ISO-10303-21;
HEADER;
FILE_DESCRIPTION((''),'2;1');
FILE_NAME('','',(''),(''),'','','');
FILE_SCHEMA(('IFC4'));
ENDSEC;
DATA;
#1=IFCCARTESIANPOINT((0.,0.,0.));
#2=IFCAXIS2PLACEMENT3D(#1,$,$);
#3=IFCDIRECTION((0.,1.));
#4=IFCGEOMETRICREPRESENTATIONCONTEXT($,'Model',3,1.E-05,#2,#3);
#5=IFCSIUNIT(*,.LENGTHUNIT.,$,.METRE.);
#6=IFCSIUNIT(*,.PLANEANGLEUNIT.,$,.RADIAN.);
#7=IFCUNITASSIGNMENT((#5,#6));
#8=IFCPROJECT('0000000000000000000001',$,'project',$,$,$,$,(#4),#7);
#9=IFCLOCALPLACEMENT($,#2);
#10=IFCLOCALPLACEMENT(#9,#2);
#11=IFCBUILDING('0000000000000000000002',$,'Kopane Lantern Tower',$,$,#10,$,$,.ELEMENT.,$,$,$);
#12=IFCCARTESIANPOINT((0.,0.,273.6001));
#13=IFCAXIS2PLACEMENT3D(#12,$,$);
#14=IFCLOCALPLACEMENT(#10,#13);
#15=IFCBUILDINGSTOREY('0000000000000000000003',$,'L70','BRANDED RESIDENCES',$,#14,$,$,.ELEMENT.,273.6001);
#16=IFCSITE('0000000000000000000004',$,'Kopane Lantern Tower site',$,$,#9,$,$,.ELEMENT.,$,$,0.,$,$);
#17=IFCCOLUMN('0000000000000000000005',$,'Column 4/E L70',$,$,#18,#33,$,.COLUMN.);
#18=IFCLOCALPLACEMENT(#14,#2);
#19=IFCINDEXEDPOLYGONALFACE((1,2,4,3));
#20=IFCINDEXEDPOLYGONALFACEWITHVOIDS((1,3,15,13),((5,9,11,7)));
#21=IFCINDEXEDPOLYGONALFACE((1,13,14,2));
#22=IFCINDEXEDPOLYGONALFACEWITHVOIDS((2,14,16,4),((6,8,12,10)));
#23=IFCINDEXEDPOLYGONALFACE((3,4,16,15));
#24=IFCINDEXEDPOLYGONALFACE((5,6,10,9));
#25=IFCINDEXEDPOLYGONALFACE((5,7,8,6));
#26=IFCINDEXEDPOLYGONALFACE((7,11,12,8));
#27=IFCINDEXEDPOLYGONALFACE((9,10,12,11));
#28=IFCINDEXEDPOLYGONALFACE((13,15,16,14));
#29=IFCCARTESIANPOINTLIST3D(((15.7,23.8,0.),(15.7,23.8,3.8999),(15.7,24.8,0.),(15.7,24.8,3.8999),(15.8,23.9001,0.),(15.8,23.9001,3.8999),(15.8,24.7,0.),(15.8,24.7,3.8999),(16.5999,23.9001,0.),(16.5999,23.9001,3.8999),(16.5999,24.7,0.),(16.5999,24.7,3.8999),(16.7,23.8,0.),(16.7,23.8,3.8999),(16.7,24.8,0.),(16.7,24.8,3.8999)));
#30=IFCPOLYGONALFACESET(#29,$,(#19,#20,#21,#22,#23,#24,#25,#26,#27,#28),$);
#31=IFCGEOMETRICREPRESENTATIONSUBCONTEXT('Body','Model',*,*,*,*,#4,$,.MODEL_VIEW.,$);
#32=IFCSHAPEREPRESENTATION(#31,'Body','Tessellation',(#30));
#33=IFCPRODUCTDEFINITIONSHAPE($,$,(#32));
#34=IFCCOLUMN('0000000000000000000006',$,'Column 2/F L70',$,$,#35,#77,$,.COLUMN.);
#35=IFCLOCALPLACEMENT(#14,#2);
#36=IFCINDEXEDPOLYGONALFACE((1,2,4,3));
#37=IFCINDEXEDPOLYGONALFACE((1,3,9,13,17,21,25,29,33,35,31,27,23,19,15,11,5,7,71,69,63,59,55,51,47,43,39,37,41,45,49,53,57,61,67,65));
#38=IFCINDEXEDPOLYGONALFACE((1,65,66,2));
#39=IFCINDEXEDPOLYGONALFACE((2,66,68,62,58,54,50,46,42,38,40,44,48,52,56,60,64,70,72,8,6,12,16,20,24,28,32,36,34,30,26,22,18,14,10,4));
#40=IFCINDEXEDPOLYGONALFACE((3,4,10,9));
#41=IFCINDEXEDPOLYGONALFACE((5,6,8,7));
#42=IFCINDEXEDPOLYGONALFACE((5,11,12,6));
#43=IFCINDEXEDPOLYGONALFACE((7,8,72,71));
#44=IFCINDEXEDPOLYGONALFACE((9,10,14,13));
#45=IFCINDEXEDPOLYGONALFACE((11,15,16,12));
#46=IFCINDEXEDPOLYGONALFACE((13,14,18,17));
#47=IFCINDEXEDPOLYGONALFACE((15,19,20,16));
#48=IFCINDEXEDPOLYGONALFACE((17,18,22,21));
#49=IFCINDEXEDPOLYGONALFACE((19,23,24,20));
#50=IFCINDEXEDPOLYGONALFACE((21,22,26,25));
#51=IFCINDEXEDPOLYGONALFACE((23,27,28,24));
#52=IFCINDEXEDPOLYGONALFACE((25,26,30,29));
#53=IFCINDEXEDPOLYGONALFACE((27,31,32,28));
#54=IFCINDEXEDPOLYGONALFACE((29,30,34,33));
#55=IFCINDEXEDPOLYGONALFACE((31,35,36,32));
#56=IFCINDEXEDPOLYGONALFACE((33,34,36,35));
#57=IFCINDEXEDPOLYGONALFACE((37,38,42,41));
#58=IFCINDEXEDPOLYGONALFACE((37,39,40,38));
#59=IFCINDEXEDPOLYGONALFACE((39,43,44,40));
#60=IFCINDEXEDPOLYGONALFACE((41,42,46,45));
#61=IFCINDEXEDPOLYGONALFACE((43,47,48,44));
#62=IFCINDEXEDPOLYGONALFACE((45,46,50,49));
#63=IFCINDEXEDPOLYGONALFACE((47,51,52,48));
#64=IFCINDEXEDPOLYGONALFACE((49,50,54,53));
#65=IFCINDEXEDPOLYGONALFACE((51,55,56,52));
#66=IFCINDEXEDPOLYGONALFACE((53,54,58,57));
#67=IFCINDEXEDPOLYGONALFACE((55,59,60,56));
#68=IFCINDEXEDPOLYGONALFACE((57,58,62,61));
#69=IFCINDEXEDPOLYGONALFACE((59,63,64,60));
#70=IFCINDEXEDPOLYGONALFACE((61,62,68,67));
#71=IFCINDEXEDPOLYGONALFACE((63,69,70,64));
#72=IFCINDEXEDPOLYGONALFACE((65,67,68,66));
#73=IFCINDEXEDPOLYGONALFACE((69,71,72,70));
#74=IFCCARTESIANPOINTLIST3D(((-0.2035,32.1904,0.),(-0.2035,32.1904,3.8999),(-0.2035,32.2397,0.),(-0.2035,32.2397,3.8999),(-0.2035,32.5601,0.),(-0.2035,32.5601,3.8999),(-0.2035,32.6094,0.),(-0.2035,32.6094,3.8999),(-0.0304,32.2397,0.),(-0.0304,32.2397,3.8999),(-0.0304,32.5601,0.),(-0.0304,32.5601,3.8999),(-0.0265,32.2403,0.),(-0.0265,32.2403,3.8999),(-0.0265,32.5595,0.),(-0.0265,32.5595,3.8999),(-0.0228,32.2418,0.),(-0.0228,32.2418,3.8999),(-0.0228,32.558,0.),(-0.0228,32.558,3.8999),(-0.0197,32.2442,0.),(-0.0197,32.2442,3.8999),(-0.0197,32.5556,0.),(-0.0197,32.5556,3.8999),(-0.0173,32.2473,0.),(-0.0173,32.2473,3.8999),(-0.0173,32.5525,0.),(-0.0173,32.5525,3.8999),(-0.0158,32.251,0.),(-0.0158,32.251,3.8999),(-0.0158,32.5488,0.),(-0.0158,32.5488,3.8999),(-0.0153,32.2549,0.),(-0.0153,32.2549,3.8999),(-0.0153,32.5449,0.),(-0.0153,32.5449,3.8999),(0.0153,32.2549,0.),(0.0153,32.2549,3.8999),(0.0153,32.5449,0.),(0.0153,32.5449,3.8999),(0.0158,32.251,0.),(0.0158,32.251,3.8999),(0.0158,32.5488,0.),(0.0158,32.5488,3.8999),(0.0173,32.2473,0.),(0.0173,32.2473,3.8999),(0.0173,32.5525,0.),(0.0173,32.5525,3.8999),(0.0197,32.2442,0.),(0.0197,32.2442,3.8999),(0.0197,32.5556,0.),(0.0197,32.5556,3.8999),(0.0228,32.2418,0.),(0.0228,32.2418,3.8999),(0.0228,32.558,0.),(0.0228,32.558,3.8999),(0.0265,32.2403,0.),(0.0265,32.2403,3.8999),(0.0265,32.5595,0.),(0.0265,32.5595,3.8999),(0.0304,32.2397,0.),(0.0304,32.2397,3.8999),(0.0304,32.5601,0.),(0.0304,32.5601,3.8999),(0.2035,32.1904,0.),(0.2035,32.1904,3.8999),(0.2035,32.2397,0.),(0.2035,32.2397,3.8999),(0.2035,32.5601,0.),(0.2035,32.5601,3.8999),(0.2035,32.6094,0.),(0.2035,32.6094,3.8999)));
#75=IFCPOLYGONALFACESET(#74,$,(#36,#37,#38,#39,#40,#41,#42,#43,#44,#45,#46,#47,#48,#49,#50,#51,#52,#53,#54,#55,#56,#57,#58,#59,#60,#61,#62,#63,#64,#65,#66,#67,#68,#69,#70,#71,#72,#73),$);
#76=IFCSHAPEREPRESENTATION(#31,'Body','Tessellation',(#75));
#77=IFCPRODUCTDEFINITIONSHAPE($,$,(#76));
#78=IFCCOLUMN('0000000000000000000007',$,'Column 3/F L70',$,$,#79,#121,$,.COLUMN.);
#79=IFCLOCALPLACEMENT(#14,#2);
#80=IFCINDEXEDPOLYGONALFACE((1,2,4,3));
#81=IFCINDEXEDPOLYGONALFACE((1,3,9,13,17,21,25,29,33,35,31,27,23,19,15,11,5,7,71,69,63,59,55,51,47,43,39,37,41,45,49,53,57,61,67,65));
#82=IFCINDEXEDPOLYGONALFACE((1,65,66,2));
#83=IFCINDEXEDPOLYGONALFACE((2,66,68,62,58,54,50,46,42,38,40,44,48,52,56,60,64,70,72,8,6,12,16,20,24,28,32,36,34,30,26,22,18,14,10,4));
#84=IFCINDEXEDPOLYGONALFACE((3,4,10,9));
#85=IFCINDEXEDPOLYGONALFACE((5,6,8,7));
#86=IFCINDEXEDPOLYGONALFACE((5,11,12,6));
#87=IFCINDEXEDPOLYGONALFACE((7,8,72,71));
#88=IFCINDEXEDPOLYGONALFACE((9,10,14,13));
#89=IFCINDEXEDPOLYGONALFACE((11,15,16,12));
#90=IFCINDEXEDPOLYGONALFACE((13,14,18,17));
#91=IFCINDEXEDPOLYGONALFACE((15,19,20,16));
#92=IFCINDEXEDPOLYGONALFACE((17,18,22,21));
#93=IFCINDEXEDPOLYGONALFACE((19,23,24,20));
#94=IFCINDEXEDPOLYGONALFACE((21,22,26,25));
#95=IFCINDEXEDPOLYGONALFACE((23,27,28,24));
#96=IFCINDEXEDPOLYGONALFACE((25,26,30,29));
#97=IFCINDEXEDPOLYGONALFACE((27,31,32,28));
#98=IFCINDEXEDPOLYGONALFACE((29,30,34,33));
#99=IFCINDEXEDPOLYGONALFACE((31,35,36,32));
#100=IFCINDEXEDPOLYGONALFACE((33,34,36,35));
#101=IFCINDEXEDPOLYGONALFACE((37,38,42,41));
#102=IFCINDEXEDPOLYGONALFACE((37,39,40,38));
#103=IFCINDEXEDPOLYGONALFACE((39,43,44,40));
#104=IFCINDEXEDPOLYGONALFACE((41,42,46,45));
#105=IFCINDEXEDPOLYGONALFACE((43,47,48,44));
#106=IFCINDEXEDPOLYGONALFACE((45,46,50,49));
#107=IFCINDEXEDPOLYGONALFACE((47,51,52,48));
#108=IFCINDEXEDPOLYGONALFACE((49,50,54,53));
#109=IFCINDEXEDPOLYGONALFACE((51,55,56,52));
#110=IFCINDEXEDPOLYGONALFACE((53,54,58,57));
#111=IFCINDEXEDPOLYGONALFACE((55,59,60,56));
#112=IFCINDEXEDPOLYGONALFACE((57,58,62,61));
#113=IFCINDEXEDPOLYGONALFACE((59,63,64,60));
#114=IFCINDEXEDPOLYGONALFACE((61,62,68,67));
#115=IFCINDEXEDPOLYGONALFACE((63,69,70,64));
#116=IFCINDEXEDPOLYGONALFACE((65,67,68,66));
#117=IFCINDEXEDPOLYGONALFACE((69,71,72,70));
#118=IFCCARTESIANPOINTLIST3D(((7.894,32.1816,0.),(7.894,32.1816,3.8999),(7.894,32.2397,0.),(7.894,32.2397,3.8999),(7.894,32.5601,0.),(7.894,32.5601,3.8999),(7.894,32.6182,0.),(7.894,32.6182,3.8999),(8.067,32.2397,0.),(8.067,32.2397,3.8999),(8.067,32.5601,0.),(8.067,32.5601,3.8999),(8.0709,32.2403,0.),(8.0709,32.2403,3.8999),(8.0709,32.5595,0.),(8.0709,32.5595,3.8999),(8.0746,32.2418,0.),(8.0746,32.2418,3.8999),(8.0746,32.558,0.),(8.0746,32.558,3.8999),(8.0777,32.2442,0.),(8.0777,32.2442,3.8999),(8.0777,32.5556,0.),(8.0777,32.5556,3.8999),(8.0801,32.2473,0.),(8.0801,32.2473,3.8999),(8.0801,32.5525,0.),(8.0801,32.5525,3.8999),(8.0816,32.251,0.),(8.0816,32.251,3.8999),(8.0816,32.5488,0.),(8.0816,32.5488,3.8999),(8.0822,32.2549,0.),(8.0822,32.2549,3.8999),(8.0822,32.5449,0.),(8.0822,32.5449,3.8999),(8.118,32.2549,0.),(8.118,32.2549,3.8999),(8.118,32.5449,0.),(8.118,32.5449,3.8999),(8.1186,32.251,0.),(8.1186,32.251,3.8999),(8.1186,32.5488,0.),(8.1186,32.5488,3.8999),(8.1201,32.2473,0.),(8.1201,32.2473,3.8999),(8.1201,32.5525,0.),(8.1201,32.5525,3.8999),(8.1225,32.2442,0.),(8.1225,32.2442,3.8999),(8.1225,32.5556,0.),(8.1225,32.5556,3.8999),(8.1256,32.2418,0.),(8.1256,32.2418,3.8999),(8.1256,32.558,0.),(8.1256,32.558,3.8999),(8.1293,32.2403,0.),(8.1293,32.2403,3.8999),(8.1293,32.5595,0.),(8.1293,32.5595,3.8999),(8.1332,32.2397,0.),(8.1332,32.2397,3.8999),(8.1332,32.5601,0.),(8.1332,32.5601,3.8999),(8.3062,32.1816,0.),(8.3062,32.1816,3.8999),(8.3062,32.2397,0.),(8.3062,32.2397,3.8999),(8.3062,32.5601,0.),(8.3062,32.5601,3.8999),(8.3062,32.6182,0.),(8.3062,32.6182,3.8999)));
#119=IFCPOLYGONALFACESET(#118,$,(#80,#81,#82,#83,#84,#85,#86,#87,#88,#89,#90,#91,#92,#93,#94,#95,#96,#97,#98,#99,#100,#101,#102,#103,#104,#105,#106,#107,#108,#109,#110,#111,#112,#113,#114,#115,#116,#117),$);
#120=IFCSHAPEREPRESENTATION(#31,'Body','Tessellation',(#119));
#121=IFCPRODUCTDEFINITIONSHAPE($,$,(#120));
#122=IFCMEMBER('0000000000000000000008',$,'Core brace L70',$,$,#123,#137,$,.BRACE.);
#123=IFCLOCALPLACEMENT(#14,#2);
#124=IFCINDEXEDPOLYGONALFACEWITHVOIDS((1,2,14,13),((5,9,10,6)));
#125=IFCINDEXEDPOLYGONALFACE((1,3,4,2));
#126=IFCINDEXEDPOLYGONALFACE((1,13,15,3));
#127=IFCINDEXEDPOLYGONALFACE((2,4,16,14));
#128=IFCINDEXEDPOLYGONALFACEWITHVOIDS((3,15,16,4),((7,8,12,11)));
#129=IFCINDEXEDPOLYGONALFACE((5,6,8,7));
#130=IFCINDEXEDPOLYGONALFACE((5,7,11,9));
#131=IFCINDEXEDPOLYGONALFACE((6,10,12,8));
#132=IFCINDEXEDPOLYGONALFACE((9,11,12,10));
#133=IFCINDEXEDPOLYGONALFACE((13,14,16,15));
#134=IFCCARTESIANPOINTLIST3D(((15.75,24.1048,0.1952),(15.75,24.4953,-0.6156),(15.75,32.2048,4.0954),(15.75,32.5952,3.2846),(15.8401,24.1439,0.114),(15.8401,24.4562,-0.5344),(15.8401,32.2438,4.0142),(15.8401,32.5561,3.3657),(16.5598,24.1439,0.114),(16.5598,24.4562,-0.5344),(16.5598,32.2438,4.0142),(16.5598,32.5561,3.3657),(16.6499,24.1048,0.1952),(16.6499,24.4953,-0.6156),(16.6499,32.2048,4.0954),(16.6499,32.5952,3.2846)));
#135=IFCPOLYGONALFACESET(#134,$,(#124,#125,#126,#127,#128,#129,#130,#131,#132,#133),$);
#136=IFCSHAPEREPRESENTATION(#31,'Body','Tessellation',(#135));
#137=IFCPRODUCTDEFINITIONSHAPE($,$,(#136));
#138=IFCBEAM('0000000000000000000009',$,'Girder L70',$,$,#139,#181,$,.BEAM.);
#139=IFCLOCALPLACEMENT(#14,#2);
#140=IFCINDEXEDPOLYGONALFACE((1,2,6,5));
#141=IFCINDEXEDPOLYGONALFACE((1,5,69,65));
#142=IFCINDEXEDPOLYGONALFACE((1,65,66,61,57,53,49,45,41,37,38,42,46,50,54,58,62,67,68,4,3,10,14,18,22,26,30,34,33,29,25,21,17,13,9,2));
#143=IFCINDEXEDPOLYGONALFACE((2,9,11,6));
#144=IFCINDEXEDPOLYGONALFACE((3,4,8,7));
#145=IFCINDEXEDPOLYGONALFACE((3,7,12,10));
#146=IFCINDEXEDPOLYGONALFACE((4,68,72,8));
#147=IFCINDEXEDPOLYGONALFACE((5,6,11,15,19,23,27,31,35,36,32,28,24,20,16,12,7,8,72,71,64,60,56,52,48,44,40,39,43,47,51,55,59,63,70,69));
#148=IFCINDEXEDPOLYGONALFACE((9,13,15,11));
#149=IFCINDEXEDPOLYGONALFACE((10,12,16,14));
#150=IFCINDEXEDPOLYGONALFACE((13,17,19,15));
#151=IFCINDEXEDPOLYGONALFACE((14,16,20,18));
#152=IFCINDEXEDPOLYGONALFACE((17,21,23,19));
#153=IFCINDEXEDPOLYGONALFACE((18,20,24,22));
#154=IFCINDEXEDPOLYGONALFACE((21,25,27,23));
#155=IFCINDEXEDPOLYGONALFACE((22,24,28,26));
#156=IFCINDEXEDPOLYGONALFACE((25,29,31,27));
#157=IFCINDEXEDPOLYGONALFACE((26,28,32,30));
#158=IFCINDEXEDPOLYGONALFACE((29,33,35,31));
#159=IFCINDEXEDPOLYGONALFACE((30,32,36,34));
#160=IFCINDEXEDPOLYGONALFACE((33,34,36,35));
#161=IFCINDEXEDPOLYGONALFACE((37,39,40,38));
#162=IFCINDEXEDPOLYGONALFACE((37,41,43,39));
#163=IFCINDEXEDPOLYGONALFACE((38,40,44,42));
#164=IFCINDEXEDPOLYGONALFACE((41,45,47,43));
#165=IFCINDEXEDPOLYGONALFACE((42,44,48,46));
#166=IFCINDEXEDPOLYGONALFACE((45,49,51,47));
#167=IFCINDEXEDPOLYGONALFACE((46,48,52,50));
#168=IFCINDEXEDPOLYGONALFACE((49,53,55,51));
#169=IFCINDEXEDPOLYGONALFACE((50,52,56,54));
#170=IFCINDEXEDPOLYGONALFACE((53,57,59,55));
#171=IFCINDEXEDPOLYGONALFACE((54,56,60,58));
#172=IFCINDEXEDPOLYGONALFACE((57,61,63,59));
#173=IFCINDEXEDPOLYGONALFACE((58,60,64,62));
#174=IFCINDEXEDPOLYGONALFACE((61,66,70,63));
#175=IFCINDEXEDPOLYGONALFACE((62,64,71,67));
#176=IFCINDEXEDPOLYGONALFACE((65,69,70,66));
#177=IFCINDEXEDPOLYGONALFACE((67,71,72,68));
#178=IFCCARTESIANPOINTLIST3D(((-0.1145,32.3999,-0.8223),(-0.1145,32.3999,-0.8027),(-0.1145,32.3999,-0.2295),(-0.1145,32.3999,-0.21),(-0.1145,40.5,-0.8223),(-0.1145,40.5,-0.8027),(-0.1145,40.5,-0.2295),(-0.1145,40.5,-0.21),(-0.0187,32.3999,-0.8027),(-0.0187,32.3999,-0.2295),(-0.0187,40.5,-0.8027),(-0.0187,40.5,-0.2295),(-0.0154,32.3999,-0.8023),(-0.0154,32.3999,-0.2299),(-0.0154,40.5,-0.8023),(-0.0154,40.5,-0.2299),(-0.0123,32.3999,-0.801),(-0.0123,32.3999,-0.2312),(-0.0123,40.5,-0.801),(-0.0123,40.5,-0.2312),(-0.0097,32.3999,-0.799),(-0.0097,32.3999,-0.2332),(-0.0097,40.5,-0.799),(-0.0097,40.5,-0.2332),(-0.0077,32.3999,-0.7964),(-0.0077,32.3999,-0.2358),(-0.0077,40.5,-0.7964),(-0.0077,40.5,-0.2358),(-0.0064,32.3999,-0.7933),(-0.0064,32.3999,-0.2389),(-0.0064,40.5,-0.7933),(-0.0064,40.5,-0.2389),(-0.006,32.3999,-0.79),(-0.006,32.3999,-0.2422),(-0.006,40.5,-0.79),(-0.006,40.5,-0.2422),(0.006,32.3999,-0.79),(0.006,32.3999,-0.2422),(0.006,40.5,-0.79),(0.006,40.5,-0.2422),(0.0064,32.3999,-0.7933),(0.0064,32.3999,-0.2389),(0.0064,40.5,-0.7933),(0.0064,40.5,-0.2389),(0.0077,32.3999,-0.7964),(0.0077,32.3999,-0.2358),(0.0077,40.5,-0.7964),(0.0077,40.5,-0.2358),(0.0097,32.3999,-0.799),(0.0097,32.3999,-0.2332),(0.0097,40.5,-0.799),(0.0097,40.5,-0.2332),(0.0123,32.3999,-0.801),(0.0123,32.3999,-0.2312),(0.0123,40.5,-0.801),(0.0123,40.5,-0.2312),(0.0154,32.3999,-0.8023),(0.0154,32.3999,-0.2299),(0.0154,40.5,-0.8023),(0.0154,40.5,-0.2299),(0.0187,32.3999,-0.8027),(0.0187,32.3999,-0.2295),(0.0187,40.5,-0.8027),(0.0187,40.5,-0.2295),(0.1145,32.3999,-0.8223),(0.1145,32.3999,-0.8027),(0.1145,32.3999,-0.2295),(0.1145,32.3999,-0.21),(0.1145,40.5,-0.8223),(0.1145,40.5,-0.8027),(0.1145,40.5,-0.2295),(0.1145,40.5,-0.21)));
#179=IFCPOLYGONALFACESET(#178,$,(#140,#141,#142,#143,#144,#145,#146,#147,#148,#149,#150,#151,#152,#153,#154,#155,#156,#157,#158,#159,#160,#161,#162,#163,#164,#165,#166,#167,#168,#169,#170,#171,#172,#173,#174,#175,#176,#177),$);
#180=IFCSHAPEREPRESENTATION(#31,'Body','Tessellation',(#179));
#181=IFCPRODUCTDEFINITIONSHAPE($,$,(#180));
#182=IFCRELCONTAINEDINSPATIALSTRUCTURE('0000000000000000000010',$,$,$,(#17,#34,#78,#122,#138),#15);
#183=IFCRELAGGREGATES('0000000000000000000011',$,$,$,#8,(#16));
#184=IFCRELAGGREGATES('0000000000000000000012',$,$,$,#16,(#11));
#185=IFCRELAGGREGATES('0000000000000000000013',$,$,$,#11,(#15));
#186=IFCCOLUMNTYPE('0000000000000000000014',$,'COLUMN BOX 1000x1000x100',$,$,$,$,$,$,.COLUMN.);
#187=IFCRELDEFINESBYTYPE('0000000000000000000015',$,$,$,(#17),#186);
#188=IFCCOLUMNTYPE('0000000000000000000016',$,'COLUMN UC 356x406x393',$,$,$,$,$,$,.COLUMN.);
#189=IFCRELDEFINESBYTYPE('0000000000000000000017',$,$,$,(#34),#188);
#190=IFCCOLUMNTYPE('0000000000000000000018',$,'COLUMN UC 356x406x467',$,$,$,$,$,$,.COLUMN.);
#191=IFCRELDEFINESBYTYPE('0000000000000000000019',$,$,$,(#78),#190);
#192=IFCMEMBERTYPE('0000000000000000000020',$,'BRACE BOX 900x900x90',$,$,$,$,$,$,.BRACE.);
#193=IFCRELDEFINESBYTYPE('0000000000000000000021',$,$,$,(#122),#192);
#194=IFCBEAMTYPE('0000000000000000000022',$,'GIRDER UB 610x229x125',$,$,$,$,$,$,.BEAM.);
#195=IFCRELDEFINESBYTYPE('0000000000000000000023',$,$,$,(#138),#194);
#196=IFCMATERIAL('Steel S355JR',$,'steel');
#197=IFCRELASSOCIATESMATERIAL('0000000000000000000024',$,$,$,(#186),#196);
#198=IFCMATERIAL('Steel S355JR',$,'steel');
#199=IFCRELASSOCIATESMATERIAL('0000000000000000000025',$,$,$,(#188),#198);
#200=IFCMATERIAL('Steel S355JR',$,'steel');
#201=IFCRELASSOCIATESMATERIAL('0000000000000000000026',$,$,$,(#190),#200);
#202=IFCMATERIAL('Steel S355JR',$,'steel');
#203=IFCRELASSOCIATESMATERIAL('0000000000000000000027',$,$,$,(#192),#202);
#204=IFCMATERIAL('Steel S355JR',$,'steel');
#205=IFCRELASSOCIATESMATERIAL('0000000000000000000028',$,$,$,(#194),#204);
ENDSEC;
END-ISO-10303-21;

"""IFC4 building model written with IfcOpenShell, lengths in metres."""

from ifc_helpers import new_model, si_unit, direction, frame, origin, origin_2d, place, context, subcontext, project, spatial, hollow_rectangle, i_section, extrude, material, material_profile, profile_set, type_object, element, save


model = new_model("IFC4")

# Units and contexts
model_context = context("Model", 3, precision=1e-05, world=origin(), true_north=direction((0.0, 1.0)))
body_context = subcontext(model_context, "Body", "Model", "MODEL_VIEW")
ifc_project = project(units=[si_unit("LENGTHUNIT", "METRE"), si_unit("PLANEANGLEUNIT", "RADIAN")], contexts=[model_context])

# Site, building, storey
site_placement = place(None, origin())
site = spatial("IfcSite", under=ifc_project, at=site_placement, Name="Kopane Lantern Tower site", CompositionType="ELEMENT", RefElevation=0.0)
building_placement = place(site_placement, origin())
building = spatial("IfcBuilding", under=site, at=building_placement, Name="Kopane Lantern Tower", CompositionType="ELEMENT")
storey_placement = place(building_placement, frame((0.0, 0.0, 273.6001)))
storey = spatial("IfcBuildingStorey", under=building, at=storey_placement, Name="L70", Description="BRANDED RESIDENCES", CompositionType="ELEMENT", Elevation=273.6001)

# Columns
ifc_material_1 = material(Name="Steel S355JR", Category="steel")
ifc_material_profile_1 = material_profile(ifc_material_1, hollow_rectangle(XDim=1.0, YDim=1.0, WallThickness=0.1001, at=origin_2d()), Name="BOX 1000x1000x100")
ifc_profile_set_1 = profile_set([ifc_material_profile_1], Name="Steel S355JR")
column_type_1 = type_object("IfcColumnType", Name="COLUMN BOX 1000x1000x100", PredefinedType="COLUMN", material=ifc_profile_set_1)
column_1_placement = place(storey_placement, frame((16.2, 24.3, 0.0), z_axis=(0.0, 0.0, 1.0), x_axis=(1.0, 0.0, 0.0)))
element("IfcColumn", 1, at=column_1_placement, inside=storey, type_object=column_type_1, Name="Column 4/E L70", PredefinedType="COLUMN", context=body_context, shape_type="SweptSolid", body=[
    extrude(hollow_rectangle(XDim=1.0, YDim=1.0, WallThickness=0.1001, at=origin_2d()), origin(), (0.0, 0.0, 1.0), 3.8999),
])
ifc_material_2 = material(Name="Steel S355JR", Category="steel")
ifc_material_profile_2 = material_profile(ifc_material_2, i_section(OverallWidth=0.407, OverallDepth=0.4189, WebThickness=0.0305, FlangeThickness=0.0493, FilletRadius=0.0151, at=origin_2d()), Name="UC 356x406x393")
ifc_profile_set_2 = profile_set([ifc_material_profile_2], Name="Steel S355JR")
column_type_2 = type_object("IfcColumnType", Name="COLUMN UC 356x406x393", PredefinedType="COLUMN", material=ifc_profile_set_2)
column_2_placement = place(storey_placement, frame((0.0, 32.3999, 0.0), z_axis=(0.0, 0.0, 1.0), x_axis=(1.0, 0.0, 0.0)))
element("IfcColumn", 2, at=column_2_placement, inside=storey, type_object=column_type_2, Name="Column 2/F L70", PredefinedType="COLUMN", context=body_context, shape_type="SweptSolid", body=[
    extrude(i_section(OverallWidth=0.407, OverallDepth=0.4189, WebThickness=0.0305, FlangeThickness=0.0493, FilletRadius=0.0151, at=origin_2d()), origin(), (0.0, 0.0, 1.0), 3.8999),
])
ifc_material_3 = material(Name="Steel S355JR", Category="steel")
ifc_material_profile_3 = material_profile(ifc_material_3, i_section(OverallWidth=0.4121, OverallDepth=0.4365, WebThickness=0.0359, FlangeThickness=0.0581, FilletRadius=0.0151, at=origin_2d()), Name="UC 356x406x467")
ifc_profile_set_3 = profile_set([ifc_material_profile_3], Name="Steel S355JR")
column_type_3 = type_object("IfcColumnType", Name="COLUMN UC 356x406x467", PredefinedType="COLUMN", material=ifc_profile_set_3)
column_3_placement = place(storey_placement, frame((8.1001, 32.3999, 0.0), z_axis=(0.0, 0.0, 1.0), x_axis=(1.0, 0.0, 0.0)))
element("IfcColumn", 3, at=column_3_placement, inside=storey, type_object=column_type_3, Name="Column 3/F L70", PredefinedType="COLUMN", context=body_context, shape_type="SweptSolid", body=[
    extrude(i_section(OverallWidth=0.4121, OverallDepth=0.4365, WebThickness=0.0359, FlangeThickness=0.0581, FilletRadius=0.0151, at=origin_2d()), origin(), (0.0, 0.0, 1.0), 3.8999),
])

# Member
ifc_material_4 = material(Name="Steel S355JR", Category="steel")
ifc_material_profile_4 = material_profile(ifc_material_4, hollow_rectangle(XDim=0.8999, YDim=0.8999, WallThickness=0.0901, at=origin_2d()), Name="BOX 900x900x90")
ifc_profile_set_4 = profile_set([ifc_material_profile_4], Name="Steel S355JR")
member_type = type_object("IfcMemberType", Name="BRACE BOX 900x900x90", PredefinedType="BRACE", material=ifc_profile_set_4)
member_placement = place(storey_placement, frame((16.2, 24.3, -0.2102), z_axis=(0.0, 0.900992, 0.433835), x_axis=(-1.0, 0.0, 0.0)))
element("IfcMember", 4, at=member_placement, inside=storey, type_object=member_type, Name="Core brace L70", PredefinedType="BRACE", context=body_context, shape_type="SweptSolid", body=[
    extrude(hollow_rectangle(XDim=0.8999, YDim=0.8999, WallThickness=0.0901, at=origin_2d()), origin(), (0.0, 0.0, 1.0), 8.99),
])

# Beam
ifc_material_5 = material(Name="Steel S355JR", Category="steel")
ifc_material_profile_5 = material_profile(ifc_material_5, i_section(OverallWidth=0.229, OverallDepth=0.6123, WebThickness=0.012, FlangeThickness=0.0195, FilletRadius=0.0127, at=origin_2d()), Name="UB 610x229x125")
ifc_profile_set_5 = profile_set([ifc_material_profile_5], Name="Steel S355JR")
beam_type = type_object("IfcBeamType", Name="GIRDER UB 610x229x125", PredefinedType="BEAM", material=ifc_profile_set_5)
for number, where, z_axis, x_axis, name in (
    (5, (0.0, 32.3999, -0.5161), (0.0, 1.0, 0.0), (-1.0, 0.0, 0.0), "Girder L70"),
):
    element("IfcBeam", number, at=place(storey_placement, frame(where, z_axis=z_axis, x_axis=x_axis)), inside=storey, type_object=beam_type, Name=name, PredefinedType="BEAM", context=body_context, shape_type="SweptSolid", body=[
        extrude(i_section(OverallWidth=0.229, OverallDepth=0.6123, WebThickness=0.012, FlangeThickness=0.0195, FilletRadius=0.0127, at=origin_2d()), origin(), (0.0, 0.0, 1.0), 8.1001),
    ])

save(model, "model.ifc")
